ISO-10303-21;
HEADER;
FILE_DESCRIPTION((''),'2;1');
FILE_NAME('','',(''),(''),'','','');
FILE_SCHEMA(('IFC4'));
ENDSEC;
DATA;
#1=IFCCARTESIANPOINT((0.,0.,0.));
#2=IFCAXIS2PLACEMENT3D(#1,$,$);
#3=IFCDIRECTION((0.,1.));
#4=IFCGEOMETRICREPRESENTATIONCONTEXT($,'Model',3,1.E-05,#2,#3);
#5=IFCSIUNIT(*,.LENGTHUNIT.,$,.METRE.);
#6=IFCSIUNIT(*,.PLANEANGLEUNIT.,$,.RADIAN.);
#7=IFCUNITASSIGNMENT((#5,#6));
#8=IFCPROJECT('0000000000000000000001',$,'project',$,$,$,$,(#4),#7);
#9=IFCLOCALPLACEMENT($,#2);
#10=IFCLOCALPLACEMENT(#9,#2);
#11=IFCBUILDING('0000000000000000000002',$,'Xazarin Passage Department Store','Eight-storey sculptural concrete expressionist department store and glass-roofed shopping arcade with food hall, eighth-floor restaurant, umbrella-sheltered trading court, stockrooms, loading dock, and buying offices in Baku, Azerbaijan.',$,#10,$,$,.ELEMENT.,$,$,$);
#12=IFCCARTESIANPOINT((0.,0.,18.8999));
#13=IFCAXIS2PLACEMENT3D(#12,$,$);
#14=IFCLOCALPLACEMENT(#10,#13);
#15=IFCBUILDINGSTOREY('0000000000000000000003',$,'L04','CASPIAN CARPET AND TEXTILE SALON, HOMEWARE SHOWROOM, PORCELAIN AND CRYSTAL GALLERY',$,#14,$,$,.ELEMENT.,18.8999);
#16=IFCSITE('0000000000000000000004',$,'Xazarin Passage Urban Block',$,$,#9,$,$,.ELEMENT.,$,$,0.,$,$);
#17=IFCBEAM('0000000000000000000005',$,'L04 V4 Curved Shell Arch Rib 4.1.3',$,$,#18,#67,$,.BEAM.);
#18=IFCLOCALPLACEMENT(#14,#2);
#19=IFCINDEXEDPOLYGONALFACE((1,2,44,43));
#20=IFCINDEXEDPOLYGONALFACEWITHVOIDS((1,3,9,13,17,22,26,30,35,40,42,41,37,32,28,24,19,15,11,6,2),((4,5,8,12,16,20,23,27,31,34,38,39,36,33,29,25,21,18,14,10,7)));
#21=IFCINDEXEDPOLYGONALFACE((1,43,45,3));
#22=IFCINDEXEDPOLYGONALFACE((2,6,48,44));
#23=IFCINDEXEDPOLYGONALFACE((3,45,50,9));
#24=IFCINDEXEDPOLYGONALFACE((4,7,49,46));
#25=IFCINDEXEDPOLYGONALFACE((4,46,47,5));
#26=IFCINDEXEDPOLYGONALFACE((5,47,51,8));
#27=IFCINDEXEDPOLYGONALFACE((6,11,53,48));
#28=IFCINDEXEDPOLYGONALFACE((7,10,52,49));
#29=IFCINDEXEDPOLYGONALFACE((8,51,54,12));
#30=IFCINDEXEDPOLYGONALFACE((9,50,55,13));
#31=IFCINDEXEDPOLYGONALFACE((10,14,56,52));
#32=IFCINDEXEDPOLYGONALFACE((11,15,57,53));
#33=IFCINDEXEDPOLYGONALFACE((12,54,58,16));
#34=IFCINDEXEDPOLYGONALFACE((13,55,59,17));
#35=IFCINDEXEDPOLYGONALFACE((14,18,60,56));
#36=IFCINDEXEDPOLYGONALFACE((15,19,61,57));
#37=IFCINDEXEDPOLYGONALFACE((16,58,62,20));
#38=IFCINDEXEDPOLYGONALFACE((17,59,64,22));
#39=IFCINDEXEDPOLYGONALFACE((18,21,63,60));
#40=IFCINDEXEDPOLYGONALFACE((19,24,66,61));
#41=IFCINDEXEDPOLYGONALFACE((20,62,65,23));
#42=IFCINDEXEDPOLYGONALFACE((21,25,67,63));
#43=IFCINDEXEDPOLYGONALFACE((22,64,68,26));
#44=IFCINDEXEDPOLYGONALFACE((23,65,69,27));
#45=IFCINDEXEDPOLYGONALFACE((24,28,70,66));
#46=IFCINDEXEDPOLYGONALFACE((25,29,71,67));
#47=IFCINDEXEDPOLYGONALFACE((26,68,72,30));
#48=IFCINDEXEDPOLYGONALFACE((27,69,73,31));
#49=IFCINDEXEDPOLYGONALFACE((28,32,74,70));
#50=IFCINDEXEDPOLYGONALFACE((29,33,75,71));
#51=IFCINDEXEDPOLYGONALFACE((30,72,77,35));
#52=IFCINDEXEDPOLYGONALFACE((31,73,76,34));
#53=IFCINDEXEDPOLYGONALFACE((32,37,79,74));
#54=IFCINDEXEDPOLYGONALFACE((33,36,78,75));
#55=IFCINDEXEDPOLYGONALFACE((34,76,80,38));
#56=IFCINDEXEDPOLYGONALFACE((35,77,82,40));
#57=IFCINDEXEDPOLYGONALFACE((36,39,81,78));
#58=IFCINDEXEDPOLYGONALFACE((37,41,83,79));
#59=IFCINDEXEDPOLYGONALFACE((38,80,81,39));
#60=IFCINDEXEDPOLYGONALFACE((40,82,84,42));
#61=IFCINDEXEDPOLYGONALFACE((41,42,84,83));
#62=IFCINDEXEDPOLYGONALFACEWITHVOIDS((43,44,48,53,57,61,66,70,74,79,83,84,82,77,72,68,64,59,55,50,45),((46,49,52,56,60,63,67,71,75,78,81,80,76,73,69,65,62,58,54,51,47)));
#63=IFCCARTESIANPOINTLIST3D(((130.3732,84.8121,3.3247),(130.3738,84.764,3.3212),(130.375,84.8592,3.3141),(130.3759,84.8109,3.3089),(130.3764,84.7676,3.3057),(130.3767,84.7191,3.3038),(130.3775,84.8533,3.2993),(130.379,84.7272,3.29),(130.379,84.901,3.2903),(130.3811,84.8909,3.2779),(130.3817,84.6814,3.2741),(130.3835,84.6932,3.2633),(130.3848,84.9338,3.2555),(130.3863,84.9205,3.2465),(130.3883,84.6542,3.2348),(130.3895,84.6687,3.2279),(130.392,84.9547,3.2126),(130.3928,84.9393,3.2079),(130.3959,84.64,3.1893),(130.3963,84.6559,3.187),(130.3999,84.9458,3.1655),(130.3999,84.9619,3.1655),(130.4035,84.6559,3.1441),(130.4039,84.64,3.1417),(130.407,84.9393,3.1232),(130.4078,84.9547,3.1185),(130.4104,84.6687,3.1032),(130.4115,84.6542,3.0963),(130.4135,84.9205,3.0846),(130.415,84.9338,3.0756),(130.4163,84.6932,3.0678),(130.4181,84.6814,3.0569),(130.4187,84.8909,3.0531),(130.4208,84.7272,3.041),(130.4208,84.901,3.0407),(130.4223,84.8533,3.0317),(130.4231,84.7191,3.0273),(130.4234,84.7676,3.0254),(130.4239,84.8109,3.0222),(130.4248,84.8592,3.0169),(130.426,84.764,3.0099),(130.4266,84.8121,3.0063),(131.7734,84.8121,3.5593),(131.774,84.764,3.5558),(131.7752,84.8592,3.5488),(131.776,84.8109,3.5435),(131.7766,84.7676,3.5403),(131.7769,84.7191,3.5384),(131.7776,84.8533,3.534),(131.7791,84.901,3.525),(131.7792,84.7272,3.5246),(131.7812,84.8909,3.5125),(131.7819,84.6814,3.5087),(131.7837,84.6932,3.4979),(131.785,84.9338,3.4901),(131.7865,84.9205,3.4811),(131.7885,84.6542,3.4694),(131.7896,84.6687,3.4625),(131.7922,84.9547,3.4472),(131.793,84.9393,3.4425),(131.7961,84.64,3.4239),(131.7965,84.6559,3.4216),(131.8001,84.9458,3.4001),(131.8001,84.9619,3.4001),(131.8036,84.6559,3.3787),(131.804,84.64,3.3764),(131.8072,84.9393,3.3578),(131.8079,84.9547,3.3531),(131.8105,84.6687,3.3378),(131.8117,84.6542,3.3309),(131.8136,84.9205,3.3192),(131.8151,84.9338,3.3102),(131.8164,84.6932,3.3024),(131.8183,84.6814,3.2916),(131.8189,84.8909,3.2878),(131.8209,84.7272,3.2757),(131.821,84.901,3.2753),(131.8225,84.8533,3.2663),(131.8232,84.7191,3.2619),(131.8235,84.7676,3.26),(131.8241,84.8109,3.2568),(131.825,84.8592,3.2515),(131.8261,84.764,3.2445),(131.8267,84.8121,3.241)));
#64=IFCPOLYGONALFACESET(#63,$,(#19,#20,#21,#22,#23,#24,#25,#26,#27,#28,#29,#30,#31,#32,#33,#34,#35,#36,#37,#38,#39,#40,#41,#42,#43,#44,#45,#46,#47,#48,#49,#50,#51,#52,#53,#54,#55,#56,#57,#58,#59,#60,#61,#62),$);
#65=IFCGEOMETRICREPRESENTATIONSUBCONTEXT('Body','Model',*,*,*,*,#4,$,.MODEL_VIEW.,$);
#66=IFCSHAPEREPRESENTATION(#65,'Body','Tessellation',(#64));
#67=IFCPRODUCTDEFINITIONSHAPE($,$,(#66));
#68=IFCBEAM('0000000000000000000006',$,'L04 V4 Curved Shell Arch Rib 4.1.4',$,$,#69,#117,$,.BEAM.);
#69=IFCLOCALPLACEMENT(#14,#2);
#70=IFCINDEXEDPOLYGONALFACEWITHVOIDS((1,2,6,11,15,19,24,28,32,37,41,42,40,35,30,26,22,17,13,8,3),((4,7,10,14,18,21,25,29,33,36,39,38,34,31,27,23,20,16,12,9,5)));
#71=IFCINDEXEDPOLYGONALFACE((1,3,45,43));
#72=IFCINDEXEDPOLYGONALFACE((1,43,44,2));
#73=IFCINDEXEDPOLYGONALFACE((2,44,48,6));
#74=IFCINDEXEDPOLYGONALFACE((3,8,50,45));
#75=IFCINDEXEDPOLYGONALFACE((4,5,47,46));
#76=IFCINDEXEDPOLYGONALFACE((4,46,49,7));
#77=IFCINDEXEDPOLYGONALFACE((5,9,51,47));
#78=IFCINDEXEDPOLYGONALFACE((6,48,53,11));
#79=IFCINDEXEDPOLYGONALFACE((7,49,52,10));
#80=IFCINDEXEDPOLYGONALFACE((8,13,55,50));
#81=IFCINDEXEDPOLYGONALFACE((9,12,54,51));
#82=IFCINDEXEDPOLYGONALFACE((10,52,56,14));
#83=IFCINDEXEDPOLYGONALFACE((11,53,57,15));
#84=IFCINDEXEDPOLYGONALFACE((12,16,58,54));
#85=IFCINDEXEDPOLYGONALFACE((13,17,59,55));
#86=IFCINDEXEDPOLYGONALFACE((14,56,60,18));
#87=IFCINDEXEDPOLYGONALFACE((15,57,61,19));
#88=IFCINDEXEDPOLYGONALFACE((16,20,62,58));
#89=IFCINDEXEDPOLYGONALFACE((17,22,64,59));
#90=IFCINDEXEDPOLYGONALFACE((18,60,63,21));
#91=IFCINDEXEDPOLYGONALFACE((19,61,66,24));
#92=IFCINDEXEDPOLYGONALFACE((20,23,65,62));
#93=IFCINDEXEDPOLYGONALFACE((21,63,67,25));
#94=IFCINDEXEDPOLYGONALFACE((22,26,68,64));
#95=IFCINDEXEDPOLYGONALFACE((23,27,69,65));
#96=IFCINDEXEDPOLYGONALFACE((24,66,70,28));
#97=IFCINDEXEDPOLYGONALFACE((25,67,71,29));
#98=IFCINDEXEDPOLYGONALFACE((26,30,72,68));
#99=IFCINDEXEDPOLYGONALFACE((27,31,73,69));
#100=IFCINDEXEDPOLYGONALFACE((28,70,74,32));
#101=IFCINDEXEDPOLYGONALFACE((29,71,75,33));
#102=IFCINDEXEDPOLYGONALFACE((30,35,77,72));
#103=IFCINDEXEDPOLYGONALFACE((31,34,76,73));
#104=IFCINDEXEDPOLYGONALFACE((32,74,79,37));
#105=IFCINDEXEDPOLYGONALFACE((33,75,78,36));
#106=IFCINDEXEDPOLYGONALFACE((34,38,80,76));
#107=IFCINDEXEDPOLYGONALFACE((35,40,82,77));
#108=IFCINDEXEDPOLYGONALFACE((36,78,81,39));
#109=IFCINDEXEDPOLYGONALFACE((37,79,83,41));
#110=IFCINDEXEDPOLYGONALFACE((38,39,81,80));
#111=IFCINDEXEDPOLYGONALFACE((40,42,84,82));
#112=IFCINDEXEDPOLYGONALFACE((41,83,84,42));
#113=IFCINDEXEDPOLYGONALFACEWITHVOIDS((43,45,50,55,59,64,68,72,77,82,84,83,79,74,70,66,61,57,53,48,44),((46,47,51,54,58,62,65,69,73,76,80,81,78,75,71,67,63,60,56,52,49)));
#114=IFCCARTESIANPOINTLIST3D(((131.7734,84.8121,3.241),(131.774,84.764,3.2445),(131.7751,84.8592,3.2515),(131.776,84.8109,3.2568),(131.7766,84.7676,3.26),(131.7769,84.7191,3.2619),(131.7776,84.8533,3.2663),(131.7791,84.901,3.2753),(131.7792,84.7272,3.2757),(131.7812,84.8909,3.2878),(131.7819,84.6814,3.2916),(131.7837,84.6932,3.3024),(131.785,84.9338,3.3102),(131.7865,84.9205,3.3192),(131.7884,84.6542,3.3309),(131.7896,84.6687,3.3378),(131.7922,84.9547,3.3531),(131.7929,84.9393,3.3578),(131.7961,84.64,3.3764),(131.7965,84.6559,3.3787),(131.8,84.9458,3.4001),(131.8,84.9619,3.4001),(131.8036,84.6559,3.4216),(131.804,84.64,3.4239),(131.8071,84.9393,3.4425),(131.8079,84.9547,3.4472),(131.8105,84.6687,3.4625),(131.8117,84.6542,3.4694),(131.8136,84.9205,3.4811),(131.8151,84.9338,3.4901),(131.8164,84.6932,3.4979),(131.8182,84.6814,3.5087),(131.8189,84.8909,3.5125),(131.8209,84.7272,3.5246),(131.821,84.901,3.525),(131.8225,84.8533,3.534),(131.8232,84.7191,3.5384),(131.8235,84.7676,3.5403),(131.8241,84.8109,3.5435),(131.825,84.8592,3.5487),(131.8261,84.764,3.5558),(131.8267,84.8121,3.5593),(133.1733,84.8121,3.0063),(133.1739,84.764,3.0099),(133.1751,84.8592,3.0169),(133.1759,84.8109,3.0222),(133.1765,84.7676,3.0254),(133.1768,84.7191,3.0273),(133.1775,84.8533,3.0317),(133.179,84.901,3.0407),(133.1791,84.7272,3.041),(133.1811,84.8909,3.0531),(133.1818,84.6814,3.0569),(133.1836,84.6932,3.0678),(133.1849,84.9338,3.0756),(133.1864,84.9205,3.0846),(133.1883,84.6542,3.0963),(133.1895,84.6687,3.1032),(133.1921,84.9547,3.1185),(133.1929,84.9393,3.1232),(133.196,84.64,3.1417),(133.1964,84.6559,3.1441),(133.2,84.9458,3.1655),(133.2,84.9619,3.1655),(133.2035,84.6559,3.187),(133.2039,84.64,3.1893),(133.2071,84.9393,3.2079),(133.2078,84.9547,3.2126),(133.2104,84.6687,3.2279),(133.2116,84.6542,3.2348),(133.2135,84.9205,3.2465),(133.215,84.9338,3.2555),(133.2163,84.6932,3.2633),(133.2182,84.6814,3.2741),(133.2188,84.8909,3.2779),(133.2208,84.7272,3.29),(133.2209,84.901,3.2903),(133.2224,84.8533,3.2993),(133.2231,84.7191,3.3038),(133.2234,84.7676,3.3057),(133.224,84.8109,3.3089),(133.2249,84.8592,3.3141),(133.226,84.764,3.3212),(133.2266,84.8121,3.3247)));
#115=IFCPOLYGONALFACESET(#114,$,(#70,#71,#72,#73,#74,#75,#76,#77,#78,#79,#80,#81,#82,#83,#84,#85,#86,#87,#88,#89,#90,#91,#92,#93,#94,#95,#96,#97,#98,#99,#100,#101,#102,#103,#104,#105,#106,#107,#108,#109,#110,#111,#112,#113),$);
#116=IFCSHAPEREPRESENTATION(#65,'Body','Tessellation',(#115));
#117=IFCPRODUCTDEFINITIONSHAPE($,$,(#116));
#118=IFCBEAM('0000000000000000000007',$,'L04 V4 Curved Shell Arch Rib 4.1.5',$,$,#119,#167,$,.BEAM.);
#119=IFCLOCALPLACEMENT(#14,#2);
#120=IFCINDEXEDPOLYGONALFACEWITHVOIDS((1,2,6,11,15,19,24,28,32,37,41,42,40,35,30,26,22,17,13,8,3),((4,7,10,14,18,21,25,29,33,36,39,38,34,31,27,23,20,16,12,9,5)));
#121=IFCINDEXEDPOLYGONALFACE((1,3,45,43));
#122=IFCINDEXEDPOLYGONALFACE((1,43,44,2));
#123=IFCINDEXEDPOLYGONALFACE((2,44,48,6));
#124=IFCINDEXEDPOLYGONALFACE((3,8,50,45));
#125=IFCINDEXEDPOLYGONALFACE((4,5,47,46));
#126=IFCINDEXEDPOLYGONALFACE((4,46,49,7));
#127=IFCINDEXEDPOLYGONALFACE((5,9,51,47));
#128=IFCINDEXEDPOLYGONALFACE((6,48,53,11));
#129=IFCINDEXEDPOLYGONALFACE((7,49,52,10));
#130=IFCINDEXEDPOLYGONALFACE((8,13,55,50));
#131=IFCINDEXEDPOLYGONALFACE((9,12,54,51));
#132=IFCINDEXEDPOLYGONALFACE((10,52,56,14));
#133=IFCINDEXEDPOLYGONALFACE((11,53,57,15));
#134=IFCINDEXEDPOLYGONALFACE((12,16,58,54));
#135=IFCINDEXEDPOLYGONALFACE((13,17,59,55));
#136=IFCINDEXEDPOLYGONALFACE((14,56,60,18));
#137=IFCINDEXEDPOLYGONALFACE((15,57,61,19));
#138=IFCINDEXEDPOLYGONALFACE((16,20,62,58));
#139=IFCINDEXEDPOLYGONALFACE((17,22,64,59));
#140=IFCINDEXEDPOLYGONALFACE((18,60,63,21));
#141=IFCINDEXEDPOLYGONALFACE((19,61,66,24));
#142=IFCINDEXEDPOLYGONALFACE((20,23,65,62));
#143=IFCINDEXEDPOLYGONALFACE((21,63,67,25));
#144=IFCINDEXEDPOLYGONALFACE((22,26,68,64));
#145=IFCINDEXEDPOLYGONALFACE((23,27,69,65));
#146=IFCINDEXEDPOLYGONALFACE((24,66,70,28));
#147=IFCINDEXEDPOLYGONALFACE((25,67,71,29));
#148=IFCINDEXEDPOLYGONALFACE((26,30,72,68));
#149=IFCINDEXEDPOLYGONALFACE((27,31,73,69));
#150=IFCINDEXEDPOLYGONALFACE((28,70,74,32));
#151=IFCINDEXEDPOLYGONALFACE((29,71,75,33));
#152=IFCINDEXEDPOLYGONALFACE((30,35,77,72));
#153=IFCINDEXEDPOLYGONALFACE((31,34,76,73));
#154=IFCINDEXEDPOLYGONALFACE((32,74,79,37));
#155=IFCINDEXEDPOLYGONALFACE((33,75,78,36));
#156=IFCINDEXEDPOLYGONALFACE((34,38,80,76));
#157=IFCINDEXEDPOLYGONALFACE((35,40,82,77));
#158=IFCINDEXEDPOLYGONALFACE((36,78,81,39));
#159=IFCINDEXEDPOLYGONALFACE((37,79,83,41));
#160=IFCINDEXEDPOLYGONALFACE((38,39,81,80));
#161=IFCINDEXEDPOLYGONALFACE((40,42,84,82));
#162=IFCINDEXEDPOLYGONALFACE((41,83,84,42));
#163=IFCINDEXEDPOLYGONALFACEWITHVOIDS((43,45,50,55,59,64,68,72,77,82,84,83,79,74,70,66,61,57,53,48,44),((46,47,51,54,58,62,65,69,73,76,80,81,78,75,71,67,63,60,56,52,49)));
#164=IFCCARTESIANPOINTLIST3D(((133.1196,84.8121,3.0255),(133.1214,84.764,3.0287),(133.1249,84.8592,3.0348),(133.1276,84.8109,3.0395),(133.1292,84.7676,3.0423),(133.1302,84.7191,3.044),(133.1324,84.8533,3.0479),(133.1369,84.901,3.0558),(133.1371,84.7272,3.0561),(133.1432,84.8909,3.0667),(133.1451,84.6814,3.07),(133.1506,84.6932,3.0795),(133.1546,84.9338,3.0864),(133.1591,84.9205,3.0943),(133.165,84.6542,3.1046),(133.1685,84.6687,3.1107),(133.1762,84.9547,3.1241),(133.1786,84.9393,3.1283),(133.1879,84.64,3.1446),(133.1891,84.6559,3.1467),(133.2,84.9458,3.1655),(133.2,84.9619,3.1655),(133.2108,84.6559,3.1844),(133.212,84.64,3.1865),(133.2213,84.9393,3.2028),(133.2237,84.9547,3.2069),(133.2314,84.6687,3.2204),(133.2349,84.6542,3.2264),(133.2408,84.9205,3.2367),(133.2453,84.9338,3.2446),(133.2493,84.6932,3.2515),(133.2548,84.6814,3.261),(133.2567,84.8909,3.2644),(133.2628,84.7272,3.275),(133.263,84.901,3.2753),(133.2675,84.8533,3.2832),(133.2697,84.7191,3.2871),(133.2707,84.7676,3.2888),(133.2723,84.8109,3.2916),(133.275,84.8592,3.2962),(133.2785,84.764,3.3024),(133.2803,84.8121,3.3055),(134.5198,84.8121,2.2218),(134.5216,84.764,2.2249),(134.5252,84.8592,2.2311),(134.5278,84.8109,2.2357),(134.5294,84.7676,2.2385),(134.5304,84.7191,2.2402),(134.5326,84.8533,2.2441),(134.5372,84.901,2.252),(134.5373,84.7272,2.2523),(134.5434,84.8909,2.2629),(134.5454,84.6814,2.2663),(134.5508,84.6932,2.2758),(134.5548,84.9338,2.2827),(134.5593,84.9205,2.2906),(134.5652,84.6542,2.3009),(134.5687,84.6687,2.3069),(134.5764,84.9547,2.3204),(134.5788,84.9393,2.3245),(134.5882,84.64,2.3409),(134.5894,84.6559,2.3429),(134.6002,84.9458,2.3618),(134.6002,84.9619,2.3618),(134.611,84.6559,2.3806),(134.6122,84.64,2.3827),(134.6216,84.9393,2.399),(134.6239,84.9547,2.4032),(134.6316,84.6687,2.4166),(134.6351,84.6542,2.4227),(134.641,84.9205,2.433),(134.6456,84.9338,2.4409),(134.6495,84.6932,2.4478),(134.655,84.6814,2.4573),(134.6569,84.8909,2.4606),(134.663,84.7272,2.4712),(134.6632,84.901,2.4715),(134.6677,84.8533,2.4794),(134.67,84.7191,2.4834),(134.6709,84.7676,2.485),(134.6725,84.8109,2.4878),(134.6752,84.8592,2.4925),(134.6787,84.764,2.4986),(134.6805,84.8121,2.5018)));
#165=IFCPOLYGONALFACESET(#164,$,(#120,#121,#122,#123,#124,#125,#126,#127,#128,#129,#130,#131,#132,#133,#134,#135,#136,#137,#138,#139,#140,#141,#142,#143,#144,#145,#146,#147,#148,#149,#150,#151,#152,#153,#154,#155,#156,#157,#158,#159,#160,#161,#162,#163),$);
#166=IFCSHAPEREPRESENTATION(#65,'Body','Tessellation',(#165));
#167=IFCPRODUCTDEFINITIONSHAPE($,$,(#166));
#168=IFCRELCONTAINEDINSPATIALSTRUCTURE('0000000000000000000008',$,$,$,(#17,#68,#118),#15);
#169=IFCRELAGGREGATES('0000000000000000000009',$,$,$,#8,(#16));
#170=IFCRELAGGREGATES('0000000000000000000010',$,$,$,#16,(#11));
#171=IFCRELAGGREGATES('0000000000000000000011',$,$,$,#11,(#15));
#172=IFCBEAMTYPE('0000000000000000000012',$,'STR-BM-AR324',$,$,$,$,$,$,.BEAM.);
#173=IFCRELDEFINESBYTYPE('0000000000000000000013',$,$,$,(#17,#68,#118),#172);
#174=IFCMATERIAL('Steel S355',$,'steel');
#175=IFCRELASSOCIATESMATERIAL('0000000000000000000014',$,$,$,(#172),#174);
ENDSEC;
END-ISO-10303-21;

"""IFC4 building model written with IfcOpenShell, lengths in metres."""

from ifc_helpers import new_model, si_unit, direction, frame, origin, origin_2d, place, context, subcontext, project, spatial, hollow_circle, extrude, material, material_profile, profile_set, type_object, element, save


model = new_model("IFC4")

# Units and contexts
model_context = context("Model", 3, precision=1e-05, world=origin(), true_north=direction((0.0, 1.0)))
body_context = subcontext(model_context, "Body", "Model", "MODEL_VIEW")
ifc_project = project(units=[si_unit("LENGTHUNIT", "METRE"), si_unit("PLANEANGLEUNIT", "RADIAN")], contexts=[model_context])

# Site, building, storey
site_placement = place(None, origin())
site = spatial("IfcSite", under=ifc_project, at=site_placement, Name="Xazarin Passage Urban Block", CompositionType="ELEMENT", RefElevation=0.0)
building_placement = place(site_placement, origin())
building = spatial("IfcBuilding", under=site, at=building_placement, Name="Xazarin Passage Department Store", Description="Eight-storey sculptural concrete expressionist department store and glass-roofed shopping arcade with food hall, eighth-floor restaurant, umbrella-sheltered trading court, stockrooms, loading dock, and buying offices in Baku, Azerbaijan.", CompositionType="ELEMENT")
storey_placement = place(building_placement, frame((0.0, 0.0, 18.8999)))
storey = spatial("IfcBuildingStorey", under=building, at=storey_placement, Name="L04", Description="CASPIAN CARPET AND TEXTILE SALON, HOMEWARE SHOWROOM, PORCELAIN AND CRYSTAL GALLERY", CompositionType="ELEMENT", Elevation=18.8999)

# Beams
ifc_material_1 = material(Name="Steel S355", Category="steel")
ifc_material_profile_1 = material_profile(ifc_material_1, hollow_circle(Radius=0.1619, WallThickness=0.0161, at=origin_2d()), Name="CHS 323.9x16")
ifc_profile_set_1 = profile_set([ifc_material_profile_1], Name="Steel S355")
beam_type_1 = type_object("IfcBeamType", Name="STR-BM-AR324", PredefinedType="BEAM", material=ifc_profile_set_1)
beam_1_placement = place(storey_placement, frame((130.3999, 84.8, 3.1655), z_axis=(0.986249, 0.0, 0.165263), x_axis=(0.0, 1.0, 0.0)))
element("IfcBeam", 1, at=beam_1_placement, inside=storey, type_object=beam_type_1, Name="L04 V4 Curved Shell Arch Rib 4.1.3", PredefinedType="BEAM", context=body_context, shape_type="SweptSolid", body=[
    extrude(hollow_circle(Radius=0.1619, WallThickness=0.0161, at=origin_2d()), origin(), (0.0, 0.0, 1.0), 1.4197),
])
beam_2_placement = place(storey_placement, frame((131.8, 84.8, 3.4001), z_axis=(0.986245, 0.0, -0.165291), x_axis=(0.0, 1.0, 0.0)))
element("IfcBeam", 2, at=beam_2_placement, inside=storey, type_object=beam_type_1, Name="L04 V4 Curved Shell Arch Rib 4.1.4", PredefinedType="BEAM", context=body_context, shape_type="SweptSolid", body=[
    extrude(hollow_circle(Radius=0.1619, WallThickness=0.0161, at=origin_2d()), origin(), (0.0, 0.0, 1.0), 1.4194),
])
beam_3_placement = place(storey_placement, frame((133.2, 84.8, 3.1655), z_axis=(0.867274, 0.0, -0.497832), x_axis=(0.0, 1.0, 0.0)))
element("IfcBeam", 3, at=beam_3_placement, inside=storey, type_object=beam_type_1, Name="L04 V4 Curved Shell Arch Rib 4.1.5", PredefinedType="BEAM", context=body_context, shape_type="SweptSolid", body=[
    extrude(hollow_circle(Radius=0.1619, WallThickness=0.0161, at=origin_2d()), origin(), (0.0, 0.0, 1.0), 1.6145),
])

save(model, "model.ifc")
